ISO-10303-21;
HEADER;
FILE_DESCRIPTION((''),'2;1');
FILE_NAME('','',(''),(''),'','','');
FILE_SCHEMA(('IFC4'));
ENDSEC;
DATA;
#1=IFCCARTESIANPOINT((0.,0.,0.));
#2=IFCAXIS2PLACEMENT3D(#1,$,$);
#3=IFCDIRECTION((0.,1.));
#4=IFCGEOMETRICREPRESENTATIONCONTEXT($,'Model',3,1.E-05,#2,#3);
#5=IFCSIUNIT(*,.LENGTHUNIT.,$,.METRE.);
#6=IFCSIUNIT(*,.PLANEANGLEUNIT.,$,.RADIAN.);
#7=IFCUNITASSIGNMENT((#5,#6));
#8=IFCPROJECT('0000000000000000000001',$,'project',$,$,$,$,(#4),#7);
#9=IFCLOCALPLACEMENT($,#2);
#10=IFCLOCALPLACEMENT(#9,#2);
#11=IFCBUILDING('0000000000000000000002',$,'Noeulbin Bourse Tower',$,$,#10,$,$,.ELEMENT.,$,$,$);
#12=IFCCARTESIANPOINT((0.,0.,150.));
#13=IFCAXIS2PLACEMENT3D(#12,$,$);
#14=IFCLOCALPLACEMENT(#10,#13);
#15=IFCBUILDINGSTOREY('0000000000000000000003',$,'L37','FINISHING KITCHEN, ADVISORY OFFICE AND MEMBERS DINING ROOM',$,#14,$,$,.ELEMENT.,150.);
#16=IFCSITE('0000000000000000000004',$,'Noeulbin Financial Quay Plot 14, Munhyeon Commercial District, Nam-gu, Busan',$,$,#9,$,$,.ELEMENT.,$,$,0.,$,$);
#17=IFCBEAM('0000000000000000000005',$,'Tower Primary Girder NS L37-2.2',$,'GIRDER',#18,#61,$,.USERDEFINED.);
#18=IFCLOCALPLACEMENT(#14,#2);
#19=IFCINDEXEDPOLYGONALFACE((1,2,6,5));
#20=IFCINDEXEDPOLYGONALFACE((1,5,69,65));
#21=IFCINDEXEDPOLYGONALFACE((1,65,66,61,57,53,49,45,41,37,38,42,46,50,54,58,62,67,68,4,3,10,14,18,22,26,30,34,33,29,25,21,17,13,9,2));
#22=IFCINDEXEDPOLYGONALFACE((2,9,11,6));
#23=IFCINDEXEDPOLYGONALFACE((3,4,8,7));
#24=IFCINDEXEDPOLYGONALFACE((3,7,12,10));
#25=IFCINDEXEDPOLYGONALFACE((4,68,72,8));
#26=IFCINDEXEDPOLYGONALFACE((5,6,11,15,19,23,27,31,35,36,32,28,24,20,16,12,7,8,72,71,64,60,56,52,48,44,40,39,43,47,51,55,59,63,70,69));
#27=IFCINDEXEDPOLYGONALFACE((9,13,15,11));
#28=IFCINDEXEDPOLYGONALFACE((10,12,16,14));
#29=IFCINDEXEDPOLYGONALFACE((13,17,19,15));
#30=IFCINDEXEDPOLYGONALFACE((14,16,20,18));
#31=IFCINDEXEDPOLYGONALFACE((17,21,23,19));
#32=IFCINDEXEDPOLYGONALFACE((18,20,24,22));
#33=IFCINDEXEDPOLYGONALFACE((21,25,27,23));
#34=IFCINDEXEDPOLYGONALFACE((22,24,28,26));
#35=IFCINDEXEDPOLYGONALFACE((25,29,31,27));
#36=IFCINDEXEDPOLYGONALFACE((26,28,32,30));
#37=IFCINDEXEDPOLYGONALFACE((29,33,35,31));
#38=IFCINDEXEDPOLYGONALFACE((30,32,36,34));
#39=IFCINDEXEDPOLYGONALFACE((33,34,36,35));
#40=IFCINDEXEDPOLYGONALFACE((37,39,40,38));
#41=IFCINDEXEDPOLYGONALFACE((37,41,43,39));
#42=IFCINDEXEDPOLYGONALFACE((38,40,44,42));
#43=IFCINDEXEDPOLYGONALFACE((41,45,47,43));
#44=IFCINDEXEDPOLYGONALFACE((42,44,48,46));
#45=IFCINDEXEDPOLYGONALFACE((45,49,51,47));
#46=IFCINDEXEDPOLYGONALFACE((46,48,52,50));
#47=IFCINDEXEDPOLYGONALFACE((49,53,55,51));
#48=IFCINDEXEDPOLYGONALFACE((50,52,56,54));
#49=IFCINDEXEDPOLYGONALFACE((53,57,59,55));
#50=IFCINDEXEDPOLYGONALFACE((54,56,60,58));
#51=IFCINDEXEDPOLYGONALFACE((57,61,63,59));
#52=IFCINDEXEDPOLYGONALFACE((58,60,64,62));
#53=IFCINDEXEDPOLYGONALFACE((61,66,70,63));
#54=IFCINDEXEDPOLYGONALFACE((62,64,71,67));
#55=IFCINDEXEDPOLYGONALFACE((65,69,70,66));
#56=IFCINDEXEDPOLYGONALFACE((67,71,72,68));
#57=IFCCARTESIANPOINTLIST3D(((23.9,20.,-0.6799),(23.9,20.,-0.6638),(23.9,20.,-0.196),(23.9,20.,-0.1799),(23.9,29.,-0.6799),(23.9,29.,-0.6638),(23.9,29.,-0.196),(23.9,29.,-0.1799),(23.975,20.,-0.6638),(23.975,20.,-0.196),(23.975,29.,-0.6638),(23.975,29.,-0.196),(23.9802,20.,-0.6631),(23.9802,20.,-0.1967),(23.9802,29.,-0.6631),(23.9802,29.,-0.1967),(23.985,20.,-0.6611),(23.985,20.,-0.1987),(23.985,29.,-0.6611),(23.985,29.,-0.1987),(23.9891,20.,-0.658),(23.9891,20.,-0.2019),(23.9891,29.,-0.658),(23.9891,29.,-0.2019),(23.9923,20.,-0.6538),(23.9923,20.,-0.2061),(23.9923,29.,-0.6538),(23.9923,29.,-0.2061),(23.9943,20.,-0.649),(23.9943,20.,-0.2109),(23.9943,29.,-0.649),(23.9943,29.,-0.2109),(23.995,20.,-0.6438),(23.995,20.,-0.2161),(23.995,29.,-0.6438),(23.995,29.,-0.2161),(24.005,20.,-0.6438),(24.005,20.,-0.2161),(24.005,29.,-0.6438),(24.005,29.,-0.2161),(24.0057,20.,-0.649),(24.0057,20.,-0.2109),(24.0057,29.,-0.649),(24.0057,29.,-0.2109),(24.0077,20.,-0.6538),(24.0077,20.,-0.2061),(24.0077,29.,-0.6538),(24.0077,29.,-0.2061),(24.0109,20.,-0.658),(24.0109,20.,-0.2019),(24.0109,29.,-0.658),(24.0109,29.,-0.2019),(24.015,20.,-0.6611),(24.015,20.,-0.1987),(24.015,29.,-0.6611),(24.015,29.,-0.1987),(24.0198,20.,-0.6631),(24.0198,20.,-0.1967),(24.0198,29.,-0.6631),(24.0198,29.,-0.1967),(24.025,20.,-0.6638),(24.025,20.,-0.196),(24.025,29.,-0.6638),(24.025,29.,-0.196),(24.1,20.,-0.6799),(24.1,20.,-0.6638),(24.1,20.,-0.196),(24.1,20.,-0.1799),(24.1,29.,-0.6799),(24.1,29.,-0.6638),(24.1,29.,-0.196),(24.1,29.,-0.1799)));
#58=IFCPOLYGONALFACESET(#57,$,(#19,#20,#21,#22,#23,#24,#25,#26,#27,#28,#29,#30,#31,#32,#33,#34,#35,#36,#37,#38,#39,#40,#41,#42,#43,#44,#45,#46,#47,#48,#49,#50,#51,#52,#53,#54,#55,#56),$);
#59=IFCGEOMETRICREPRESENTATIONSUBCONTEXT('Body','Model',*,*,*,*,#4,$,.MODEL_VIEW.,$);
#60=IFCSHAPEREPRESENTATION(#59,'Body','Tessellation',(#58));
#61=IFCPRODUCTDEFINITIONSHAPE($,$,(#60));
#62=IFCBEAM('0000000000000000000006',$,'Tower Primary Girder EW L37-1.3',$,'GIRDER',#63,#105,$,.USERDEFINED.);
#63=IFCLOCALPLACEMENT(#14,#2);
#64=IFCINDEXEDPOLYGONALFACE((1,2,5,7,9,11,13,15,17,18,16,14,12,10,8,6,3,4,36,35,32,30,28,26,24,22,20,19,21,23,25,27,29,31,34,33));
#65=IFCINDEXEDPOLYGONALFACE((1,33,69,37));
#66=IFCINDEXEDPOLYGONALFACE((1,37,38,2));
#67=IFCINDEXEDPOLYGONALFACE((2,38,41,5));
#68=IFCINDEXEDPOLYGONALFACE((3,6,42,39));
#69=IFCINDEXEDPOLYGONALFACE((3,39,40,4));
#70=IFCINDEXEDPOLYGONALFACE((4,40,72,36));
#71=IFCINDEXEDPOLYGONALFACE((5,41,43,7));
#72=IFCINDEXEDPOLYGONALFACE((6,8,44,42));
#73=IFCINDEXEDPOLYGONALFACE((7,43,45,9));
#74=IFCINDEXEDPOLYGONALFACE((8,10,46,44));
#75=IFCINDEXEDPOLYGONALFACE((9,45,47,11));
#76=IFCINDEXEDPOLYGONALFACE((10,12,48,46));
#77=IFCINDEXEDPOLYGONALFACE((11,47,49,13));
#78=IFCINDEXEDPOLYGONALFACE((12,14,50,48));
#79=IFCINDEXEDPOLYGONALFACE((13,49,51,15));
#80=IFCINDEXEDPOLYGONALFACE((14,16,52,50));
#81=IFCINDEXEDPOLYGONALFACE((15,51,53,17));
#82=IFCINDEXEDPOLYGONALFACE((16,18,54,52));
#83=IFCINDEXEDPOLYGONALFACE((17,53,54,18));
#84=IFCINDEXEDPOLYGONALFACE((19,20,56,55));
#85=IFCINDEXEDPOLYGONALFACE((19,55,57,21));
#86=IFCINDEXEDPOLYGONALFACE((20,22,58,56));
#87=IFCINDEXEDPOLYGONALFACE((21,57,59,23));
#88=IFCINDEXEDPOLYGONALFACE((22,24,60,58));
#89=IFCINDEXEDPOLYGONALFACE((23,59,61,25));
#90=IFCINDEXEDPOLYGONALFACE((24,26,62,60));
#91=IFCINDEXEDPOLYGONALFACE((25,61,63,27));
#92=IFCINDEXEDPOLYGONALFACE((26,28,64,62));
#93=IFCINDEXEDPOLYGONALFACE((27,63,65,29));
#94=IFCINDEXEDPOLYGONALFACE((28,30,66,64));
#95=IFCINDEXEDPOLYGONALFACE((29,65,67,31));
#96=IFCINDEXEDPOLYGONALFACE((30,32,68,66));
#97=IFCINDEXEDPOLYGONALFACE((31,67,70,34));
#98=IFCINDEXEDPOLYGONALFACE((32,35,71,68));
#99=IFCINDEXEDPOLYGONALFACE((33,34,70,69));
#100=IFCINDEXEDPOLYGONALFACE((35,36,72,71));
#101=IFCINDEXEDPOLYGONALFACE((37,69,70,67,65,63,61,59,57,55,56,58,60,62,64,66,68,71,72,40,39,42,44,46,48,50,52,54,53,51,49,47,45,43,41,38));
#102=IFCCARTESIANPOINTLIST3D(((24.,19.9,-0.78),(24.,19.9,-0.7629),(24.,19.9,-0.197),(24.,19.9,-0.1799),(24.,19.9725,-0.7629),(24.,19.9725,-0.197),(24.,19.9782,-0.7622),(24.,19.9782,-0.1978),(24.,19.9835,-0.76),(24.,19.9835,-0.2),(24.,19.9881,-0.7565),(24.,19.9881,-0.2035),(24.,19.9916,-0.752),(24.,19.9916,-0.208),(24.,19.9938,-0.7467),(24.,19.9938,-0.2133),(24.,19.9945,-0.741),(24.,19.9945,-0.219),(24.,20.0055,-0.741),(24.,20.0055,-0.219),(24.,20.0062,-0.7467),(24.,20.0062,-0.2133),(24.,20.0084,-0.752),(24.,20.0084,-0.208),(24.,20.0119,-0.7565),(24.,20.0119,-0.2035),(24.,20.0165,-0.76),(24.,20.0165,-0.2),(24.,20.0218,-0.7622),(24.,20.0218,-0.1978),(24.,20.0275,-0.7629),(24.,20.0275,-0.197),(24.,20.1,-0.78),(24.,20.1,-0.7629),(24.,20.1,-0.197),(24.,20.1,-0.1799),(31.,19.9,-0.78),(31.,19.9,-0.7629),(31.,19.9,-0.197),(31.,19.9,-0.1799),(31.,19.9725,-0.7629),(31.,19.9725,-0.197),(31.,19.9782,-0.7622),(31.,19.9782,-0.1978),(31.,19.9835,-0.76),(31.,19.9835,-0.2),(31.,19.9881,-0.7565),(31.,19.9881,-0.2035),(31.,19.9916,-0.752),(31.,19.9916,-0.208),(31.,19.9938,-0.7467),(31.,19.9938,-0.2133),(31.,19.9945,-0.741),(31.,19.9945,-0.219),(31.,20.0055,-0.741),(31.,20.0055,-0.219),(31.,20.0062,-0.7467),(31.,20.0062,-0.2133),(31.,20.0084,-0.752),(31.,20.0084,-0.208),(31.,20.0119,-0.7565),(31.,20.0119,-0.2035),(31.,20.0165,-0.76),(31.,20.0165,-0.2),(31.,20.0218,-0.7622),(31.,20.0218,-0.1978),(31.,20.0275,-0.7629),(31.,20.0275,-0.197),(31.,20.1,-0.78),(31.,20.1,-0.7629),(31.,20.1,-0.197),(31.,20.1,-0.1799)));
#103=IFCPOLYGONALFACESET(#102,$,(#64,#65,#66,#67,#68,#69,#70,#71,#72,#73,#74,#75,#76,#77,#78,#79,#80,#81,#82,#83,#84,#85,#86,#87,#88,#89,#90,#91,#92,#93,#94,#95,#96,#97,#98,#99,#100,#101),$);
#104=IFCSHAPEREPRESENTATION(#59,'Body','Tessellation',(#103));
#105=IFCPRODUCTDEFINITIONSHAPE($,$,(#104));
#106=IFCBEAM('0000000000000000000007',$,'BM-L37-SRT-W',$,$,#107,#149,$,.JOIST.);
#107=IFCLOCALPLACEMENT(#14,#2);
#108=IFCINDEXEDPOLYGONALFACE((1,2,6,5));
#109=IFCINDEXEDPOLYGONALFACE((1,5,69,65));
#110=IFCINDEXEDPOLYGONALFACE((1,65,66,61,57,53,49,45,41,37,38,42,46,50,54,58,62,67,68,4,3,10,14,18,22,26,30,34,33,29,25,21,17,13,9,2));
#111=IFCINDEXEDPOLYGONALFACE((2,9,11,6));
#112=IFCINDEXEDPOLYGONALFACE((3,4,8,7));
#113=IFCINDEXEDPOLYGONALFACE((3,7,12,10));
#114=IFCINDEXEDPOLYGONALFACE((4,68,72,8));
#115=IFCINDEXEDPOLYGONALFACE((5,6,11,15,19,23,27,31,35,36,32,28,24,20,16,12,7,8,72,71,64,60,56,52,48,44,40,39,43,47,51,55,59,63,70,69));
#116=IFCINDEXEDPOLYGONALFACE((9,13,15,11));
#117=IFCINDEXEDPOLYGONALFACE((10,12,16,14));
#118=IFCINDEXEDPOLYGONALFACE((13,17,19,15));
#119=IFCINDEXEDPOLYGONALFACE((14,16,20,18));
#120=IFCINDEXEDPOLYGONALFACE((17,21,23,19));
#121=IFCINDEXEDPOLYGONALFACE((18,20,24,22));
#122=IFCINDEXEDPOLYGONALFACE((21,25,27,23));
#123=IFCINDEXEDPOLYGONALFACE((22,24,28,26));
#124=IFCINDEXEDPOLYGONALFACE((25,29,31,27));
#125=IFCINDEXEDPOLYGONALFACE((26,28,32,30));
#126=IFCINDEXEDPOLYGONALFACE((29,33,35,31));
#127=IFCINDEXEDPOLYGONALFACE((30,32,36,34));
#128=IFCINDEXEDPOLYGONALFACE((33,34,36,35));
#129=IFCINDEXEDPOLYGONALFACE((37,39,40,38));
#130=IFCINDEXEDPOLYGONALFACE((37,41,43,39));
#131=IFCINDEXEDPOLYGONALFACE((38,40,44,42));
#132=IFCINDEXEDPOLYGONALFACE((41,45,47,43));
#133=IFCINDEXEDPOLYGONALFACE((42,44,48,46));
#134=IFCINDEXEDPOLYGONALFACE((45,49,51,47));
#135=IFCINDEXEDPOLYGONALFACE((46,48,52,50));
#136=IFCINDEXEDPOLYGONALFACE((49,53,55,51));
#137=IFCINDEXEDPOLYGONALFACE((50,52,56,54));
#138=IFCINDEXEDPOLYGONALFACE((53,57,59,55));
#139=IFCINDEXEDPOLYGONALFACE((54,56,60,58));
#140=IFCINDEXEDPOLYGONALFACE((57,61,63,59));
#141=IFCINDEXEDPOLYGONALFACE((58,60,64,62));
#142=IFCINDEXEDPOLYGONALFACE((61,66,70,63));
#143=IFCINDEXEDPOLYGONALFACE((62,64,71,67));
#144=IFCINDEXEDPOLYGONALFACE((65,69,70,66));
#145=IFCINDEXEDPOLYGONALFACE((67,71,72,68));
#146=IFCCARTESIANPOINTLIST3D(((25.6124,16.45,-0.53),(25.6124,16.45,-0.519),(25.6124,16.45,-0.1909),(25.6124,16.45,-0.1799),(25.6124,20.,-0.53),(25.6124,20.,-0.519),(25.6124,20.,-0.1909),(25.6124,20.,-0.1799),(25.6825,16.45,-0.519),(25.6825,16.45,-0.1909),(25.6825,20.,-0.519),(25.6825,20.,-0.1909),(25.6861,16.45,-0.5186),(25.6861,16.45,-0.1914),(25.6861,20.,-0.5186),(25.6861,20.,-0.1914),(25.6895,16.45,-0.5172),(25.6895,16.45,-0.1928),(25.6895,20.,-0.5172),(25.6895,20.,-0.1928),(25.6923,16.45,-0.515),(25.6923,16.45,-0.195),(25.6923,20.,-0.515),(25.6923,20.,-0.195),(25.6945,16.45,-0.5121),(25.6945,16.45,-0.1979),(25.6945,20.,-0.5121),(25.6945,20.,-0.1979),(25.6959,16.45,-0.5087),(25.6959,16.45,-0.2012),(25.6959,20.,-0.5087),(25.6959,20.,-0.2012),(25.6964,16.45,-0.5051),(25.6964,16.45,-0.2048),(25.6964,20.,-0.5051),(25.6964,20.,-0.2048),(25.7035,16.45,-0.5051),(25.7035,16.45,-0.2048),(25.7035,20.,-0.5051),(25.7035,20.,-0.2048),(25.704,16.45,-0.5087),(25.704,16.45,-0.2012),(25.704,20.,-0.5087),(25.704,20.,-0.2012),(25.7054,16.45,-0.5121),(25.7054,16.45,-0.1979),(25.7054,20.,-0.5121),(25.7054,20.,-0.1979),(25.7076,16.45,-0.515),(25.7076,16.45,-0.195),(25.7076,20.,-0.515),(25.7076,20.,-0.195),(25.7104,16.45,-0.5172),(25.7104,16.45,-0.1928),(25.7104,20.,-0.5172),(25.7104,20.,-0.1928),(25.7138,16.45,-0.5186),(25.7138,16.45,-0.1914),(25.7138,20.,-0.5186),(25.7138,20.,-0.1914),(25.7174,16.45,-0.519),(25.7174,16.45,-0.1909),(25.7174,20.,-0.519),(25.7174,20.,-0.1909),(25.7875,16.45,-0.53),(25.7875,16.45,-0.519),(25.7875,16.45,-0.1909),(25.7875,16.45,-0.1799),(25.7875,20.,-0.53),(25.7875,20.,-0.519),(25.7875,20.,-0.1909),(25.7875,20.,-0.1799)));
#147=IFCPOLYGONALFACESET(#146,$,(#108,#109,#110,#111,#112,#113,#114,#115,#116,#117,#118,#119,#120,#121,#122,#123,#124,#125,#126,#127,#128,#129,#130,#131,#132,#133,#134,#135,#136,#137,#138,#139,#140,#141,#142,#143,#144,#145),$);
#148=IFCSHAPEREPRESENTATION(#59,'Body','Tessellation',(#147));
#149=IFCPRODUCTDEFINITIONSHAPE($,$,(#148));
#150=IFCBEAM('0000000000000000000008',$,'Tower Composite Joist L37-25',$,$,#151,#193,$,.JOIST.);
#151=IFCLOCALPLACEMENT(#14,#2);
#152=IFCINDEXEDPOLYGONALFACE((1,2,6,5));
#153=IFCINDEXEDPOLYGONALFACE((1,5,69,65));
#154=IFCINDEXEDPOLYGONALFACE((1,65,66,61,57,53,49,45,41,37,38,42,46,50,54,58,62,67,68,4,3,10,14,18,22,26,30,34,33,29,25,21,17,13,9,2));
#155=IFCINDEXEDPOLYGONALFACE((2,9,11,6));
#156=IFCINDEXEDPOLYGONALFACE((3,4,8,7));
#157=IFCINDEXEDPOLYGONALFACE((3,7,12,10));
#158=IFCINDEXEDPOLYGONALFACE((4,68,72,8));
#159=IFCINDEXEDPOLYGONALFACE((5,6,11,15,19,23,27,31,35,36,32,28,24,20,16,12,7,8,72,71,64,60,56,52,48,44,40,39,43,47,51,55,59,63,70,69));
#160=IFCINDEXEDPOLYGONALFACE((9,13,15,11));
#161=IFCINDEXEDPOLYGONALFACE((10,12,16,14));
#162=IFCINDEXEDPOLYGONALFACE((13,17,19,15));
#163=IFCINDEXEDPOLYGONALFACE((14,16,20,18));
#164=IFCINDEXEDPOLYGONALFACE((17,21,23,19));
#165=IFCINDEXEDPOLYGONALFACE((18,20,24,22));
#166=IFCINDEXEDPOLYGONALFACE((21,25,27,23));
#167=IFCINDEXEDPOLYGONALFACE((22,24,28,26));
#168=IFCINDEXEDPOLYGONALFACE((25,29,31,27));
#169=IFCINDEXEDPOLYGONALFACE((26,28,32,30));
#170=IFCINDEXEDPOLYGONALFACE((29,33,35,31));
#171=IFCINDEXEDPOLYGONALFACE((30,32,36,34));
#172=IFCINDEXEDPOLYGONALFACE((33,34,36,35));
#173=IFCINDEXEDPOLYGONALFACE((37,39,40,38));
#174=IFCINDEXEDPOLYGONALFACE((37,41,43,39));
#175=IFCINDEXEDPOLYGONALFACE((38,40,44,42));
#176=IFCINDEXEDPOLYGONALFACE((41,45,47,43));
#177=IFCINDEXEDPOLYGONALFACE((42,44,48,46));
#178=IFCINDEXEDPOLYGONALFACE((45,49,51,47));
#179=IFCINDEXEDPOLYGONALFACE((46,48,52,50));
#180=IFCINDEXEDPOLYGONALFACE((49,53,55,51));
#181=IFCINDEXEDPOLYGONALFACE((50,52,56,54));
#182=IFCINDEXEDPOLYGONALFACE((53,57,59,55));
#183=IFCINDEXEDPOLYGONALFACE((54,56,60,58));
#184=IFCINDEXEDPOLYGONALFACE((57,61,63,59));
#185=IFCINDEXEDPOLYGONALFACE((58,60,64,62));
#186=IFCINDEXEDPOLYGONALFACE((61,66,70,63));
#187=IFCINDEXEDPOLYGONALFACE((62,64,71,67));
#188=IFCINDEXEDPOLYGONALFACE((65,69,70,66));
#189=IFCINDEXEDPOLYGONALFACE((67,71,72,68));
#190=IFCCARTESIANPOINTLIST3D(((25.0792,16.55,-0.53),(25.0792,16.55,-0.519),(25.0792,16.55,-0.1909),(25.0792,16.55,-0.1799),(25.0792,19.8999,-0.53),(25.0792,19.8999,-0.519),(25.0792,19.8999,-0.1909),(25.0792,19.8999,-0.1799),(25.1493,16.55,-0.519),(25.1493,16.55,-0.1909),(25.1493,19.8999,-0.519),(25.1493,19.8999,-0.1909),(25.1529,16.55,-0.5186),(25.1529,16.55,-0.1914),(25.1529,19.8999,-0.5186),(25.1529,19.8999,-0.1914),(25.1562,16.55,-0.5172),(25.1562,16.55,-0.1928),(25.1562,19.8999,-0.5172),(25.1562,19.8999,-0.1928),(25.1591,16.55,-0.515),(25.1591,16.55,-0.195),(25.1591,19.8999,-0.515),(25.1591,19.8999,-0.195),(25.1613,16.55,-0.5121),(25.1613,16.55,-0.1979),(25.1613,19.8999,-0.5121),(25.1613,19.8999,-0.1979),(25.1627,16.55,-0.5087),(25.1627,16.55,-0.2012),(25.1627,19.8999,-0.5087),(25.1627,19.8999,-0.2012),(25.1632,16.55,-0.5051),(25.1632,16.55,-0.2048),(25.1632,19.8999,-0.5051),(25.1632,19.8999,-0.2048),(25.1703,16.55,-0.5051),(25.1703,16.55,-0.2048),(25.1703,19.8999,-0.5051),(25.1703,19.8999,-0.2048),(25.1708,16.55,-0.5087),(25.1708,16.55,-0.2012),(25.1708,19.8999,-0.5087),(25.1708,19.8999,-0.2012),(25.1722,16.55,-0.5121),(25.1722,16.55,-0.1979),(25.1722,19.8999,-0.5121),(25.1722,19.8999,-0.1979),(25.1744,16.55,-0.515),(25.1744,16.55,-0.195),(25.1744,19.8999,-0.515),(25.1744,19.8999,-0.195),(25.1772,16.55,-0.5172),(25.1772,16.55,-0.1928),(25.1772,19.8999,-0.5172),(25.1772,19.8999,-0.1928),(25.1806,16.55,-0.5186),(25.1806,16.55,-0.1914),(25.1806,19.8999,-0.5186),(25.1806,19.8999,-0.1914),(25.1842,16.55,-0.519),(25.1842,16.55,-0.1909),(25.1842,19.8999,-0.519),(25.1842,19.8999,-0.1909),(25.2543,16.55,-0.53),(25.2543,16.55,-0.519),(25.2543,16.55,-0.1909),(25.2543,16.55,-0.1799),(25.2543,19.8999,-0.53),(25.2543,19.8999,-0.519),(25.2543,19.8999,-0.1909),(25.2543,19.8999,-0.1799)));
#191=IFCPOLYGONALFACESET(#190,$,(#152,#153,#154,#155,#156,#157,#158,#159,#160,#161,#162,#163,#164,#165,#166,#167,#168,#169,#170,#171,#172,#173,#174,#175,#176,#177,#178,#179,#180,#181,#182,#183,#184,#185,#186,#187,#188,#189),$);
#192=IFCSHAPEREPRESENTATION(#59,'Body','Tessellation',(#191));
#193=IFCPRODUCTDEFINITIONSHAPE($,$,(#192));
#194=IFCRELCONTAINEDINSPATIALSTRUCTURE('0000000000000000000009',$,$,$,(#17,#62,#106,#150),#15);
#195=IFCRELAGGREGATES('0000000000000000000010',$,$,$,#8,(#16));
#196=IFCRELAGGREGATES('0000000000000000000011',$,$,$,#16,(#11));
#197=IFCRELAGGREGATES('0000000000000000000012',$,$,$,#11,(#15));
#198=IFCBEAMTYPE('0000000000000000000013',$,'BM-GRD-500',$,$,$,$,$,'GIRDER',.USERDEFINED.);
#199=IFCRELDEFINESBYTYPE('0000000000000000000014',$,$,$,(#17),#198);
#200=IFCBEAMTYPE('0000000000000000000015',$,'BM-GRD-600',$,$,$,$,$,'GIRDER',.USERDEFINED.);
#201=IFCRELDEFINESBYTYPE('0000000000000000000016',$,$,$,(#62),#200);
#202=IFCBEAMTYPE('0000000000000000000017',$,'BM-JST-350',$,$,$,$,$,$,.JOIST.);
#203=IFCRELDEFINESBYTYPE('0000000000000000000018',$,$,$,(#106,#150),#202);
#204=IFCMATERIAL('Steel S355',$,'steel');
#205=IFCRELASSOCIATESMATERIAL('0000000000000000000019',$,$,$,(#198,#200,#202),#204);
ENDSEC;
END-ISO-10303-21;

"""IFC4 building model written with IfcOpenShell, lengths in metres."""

from ifc_helpers import new_model, si_unit, direction, frame, origin, origin_2d, place, context, subcontext, project, spatial, i_section, extrude, material, material_profile, profile_set, type_object, element, save


model = new_model("IFC4")

# Units and contexts
model_context = context("Model", 3, precision=1e-05, world=origin(), true_north=direction((0.0, 1.0)))
body_context = subcontext(model_context, "Body", "Model", "MODEL_VIEW")
ifc_project = project(units=[si_unit("LENGTHUNIT", "METRE"), si_unit("PLANEANGLEUNIT", "RADIAN")], contexts=[model_context])

# Site, building, storey
site_placement = place(None, origin())
site = spatial("IfcSite", under=ifc_project, at=site_placement, Name="Noeulbin Financial Quay Plot 14, Munhyeon Commercial District, Nam-gu, Busan", CompositionType="ELEMENT", RefElevation=0.0)
building_placement = place(site_placement, origin())
building = spatial("IfcBuilding", under=site, at=building_placement, Name="Noeulbin Bourse Tower", CompositionType="ELEMENT")
storey_placement = place(building_placement, frame((0.0, 0.0, 150.0)))
storey = spatial("IfcBuildingStorey", under=building, at=storey_placement, Name="L37", Description="FINISHING KITCHEN, ADVISORY OFFICE AND MEMBERS DINING ROOM", CompositionType="ELEMENT", Elevation=150.0)

# Beams
ifc_material_1 = material(Name="Steel S355", Category="steel")
ifc_material_profile_1 = material_profile(ifc_material_1, i_section(OverallWidth=0.2, OverallDepth=0.5, WebThickness=0.01, FlangeThickness=0.0161, FilletRadius=0.02, at=origin_2d()), Name="H-500x200x10x16", Category="LoadBearing")
ifc_profile_set_1 = profile_set([ifc_material_profile_1], Name="Steel S355")
beam_type_1 = type_object("IfcBeamType", Name="BM-GRD-500", ElementType="GIRDER", PredefinedType="USERDEFINED", material=ifc_profile_set_1)
beam_1_placement = place(storey_placement, frame((24.0, 20.0, -0.4299), z_axis=(0.0, 1.0, 0.0), x_axis=(-1.0, 0.0, 0.0)))
element("IfcBeam", 1, at=beam_1_placement, inside=storey, type_object=beam_type_1, Name="Tower Primary Girder NS L37-2.2", ObjectType="GIRDER", PredefinedType="USERDEFINED", context=body_context, shape_type="SweptSolid", body=[
    extrude(i_section(OverallWidth=0.2, OverallDepth=0.5, WebThickness=0.01, FlangeThickness=0.0161, FilletRadius=0.02, at=origin_2d()), origin(), (0.0, 0.0, 1.0), 9.0),
])
ifc_material_profile_2 = material_profile(ifc_material_1, i_section(OverallWidth=0.2, OverallDepth=0.6001, WebThickness=0.011, FlangeThickness=0.0171, FilletRadius=0.022, at=origin_2d()), Name="H-600x200x11x17", Category="LoadBearing")
ifc_profile_set_2 = profile_set([ifc_material_profile_2], Name="Steel S355")
beam_type_2 = type_object("IfcBeamType", Name="BM-GRD-600", ElementType="GIRDER", PredefinedType="USERDEFINED", material=ifc_profile_set_2)
beam_2_placement = place(storey_placement, frame((24.0, 20.0, -0.48), z_axis=(1.0, 0.0, 0.0), x_axis=(0.0, 1.0, 0.0)))
element("IfcBeam", 2, at=beam_2_placement, inside=storey, type_object=beam_type_2, Name="Tower Primary Girder EW L37-1.3", ObjectType="GIRDER", PredefinedType="USERDEFINED", context=body_context, shape_type="SweptSolid", body=[
    extrude(i_section(OverallWidth=0.2, OverallDepth=0.6001, WebThickness=0.011, FlangeThickness=0.0171, FilletRadius=0.022, at=origin_2d()), origin(), (0.0, 0.0, 1.0), 7.0),
])
ifc_material_profile_3 = material_profile(ifc_material_1, i_section(OverallWidth=0.175, OverallDepth=0.3501, WebThickness=0.0071, FlangeThickness=0.011, FilletRadius=0.0139, at=origin_2d()), Name="H-350x175x7x11", Category="LoadBearing")
ifc_profile_set_3 = profile_set([ifc_material_profile_3], Name="Steel S355")
beam_type_3 = type_object("IfcBeamType", Name="BM-JST-350", PredefinedType="JOIST", material=ifc_profile_set_3)
beam_3_placement = place(storey_placement, frame((25.7, 16.45, -0.355), z_axis=(0.0, 1.0, 0.0), x_axis=(-1.0, 0.0, 0.0)))
element("IfcBeam", 3, at=beam_3_placement, inside=storey, type_object=beam_type_3, Name="BM-L37-SRT-W", PredefinedType="JOIST", context=body_context, shape_type="SweptSolid", body=[
    extrude(i_section(OverallWidth=0.175, OverallDepth=0.3501, WebThickness=0.0071, FlangeThickness=0.011, FilletRadius=0.0139, at=origin_2d()), origin(), (0.0, 0.0, 1.0), 3.55),
])
beam_4_placement = place(storey_placement, frame((25.1667, 16.55, -0.355), z_axis=(0.0, 1.0, 0.0), x_axis=(-1.0, 0.0, 0.0)))
element("IfcBeam", 4, at=beam_4_placement, inside=storey, type_object=beam_type_3, Name="Tower Composite Joist L37-25", PredefinedType="JOIST", context=body_context, shape_type="SweptSolid", body=[
    extrude(i_section(OverallWidth=0.175, OverallDepth=0.3501, WebThickness=0.0071, FlangeThickness=0.011, FilletRadius=0.0139, at=origin_2d()), origin(), (0.0, 0.0, 1.0), 3.3499),
])

save(model, "model.ifc")
